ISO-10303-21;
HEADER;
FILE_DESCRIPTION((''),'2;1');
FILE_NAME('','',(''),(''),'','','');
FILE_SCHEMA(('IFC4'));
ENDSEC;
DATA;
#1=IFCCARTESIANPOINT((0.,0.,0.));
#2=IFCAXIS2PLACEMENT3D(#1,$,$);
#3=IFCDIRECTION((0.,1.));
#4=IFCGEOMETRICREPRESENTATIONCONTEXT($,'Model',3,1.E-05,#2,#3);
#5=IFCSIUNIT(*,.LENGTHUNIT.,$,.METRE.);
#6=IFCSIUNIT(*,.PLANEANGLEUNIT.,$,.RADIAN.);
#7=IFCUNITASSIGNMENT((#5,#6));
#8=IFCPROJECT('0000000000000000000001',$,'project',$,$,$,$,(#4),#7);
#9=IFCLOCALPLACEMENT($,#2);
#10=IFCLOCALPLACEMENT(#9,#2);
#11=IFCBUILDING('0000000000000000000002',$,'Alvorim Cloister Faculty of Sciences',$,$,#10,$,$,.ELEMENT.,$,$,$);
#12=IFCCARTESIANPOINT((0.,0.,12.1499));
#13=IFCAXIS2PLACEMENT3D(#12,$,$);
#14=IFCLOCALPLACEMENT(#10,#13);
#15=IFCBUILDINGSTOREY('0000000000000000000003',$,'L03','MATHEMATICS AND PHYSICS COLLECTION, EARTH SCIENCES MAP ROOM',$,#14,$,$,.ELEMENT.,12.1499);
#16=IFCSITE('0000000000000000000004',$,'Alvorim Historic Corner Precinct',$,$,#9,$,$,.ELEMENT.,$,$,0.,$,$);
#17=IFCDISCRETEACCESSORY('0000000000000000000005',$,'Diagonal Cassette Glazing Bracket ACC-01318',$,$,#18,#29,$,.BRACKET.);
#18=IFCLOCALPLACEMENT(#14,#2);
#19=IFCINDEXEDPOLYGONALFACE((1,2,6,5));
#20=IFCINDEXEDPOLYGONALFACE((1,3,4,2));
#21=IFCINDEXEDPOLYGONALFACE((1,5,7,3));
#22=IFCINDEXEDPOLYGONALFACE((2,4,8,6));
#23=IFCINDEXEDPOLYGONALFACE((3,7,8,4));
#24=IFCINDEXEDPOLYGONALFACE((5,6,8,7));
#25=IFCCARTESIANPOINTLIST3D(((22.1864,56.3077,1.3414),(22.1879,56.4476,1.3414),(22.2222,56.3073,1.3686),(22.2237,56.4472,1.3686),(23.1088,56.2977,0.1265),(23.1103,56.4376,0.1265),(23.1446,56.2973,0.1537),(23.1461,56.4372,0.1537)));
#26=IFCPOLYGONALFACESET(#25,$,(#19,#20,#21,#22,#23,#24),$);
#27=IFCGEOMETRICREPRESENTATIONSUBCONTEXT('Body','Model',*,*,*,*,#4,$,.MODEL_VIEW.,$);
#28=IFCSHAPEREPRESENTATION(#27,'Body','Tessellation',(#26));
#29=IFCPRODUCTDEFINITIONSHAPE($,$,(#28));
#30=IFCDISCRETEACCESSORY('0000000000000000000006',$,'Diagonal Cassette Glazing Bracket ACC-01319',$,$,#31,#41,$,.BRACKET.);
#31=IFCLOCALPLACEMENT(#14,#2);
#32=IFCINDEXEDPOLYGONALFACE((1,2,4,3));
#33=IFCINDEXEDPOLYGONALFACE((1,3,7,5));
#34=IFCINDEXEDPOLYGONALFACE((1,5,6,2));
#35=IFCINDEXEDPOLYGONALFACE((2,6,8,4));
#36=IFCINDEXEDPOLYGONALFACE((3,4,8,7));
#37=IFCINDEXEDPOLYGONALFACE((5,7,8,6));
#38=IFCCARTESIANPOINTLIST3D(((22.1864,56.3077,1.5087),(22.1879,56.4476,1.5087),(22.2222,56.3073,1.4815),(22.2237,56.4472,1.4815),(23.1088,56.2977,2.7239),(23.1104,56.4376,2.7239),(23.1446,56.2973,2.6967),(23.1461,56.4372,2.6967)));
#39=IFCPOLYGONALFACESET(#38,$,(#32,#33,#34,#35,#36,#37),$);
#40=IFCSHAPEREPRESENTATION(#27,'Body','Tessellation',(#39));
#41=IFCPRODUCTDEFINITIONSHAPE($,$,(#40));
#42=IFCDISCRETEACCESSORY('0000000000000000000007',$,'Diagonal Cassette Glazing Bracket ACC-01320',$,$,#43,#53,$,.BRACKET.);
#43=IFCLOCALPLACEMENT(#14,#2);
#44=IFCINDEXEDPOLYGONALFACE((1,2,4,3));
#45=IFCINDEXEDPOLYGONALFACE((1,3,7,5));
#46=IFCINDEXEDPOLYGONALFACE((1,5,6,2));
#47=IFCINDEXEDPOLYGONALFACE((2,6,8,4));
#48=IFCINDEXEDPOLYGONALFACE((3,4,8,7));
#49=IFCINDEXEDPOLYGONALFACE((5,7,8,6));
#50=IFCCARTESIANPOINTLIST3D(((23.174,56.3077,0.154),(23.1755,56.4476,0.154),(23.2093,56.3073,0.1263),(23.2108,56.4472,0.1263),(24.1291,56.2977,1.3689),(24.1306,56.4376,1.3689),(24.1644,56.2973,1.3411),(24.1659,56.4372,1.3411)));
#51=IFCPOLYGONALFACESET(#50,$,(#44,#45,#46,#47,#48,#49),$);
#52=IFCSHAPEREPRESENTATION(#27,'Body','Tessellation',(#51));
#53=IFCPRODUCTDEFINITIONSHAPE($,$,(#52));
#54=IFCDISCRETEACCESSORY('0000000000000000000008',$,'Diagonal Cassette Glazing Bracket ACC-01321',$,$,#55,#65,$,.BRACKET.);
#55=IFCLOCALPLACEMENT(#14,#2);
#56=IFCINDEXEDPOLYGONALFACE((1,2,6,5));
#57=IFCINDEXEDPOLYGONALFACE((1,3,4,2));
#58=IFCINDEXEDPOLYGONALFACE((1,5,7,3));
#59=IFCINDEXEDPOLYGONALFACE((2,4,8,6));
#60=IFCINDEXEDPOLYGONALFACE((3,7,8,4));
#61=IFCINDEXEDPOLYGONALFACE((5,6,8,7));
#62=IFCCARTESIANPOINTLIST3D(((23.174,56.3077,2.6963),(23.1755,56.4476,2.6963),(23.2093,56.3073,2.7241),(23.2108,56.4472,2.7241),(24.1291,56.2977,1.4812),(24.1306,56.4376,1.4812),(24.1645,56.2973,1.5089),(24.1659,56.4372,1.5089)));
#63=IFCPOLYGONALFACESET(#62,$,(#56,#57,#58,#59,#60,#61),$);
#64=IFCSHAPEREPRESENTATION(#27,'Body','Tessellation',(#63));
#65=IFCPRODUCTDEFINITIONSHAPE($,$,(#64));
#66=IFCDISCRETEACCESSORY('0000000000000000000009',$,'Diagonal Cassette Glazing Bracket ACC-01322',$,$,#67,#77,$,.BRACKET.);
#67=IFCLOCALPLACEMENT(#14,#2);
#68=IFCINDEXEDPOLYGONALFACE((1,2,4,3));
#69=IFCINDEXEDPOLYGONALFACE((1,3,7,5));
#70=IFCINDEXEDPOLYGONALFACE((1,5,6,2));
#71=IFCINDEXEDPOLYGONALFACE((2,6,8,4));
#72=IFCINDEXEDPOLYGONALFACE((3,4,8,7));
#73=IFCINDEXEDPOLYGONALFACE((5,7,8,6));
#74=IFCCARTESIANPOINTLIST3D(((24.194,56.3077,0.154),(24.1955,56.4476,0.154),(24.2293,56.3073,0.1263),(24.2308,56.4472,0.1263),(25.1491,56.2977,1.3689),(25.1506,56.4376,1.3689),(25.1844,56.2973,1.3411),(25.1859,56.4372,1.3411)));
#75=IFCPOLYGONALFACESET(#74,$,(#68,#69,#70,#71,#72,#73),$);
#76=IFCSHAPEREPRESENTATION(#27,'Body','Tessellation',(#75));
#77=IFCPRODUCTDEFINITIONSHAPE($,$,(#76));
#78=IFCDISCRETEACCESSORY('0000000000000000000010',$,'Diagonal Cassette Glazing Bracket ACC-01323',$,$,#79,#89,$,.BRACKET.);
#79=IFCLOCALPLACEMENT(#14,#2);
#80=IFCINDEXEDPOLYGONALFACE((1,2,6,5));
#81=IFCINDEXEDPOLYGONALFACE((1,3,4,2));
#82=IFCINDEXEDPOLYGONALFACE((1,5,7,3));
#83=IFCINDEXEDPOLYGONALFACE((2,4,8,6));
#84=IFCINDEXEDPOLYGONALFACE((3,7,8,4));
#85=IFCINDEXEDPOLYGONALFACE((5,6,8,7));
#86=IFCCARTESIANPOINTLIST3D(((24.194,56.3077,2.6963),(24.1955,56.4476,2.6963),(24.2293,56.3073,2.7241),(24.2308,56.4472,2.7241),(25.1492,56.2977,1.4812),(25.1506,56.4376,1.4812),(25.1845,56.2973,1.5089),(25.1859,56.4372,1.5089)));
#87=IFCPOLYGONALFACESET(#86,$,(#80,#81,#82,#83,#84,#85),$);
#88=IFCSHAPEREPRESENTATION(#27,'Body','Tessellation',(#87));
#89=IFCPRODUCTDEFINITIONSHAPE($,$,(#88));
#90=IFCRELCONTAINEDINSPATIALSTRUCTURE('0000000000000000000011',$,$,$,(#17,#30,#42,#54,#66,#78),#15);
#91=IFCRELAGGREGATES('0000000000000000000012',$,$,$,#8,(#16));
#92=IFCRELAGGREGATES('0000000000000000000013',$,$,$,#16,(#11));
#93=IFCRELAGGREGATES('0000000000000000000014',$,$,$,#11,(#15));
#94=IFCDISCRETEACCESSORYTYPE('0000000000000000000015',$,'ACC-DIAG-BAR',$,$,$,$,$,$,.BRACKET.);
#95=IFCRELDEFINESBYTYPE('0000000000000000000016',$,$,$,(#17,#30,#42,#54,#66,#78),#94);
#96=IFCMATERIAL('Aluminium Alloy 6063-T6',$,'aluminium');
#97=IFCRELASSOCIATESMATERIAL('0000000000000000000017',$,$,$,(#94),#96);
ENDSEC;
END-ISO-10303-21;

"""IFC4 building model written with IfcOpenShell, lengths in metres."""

from ifc_helpers import new_model, si_unit, direction, frame, origin, origin_2d, place, context, subcontext, project, spatial, rectangle, extrude, material, type_object, element, save


model = new_model("IFC4")

# Units and contexts
model_context = context("Model", 3, precision=1e-05, world=origin(), true_north=direction((0.0, 1.0)))
body_context = subcontext(model_context, "Body", "Model", "MODEL_VIEW")
ifc_project = project(units=[si_unit("LENGTHUNIT", "METRE"), si_unit("PLANEANGLEUNIT", "RADIAN")], contexts=[model_context])

# Site, building, storey
site_placement = place(None, origin())
site = spatial("IfcSite", under=ifc_project, at=site_placement, Name="Alvorim Historic Corner Precinct", CompositionType="ELEMENT", RefElevation=0.0)
building_placement = place(site_placement, origin())
building = spatial("IfcBuilding", under=site, at=building_placement, Name="Alvorim Cloister Faculty of Sciences", CompositionType="ELEMENT")
storey_placement = place(building_placement, frame((0.0, 0.0, 12.1499)))
storey = spatial("IfcBuildingStorey", under=building, at=storey_placement, Name="L03", Description="MATHEMATICS AND PHYSICS COLLECTION, EARTH SCIENCES MAP ROOM", CompositionType="ELEMENT", Elevation=12.1499)

# Shared definitions
ifc_material_1 = material(Name="Aluminium Alloy 6063-T6", Category="aluminium")

# Discrete accessories
discrete_accessory_type = type_object("IfcDiscreteAccessoryType", Name="ACC-DIAG-BAR", PredefinedType="BRACKET", material=ifc_material_1)
discrete_accessory_1_placement = place(storey_placement, frame((22.2051, 56.3774, 1.355), z_axis=(0.604689, -0.006562, -0.796435), x_axis=(0.010852, 0.999941, 0.0)))
element("IfcDiscreteAccessory", 1, at=discrete_accessory_1_placement, inside=storey, type_object=discrete_accessory_type, Name="Diagonal Cassette Glazing Bracket ACC-01318", PredefinedType="BRACKET", context=body_context, shape_type="SweptSolid", body=[
    extrude(rectangle(XDim=0.1399, YDim=0.0449, at=origin_2d()), origin(), (0.0, 0.0, 1.0), 1.5254),
])
discrete_accessory_2_placement = place(storey_placement, frame((22.2051, 56.3774, 1.4951), z_axis=(0.604612, -0.006561, 0.796493), x_axis=(0.010852, 0.999941, 0.0)))
element("IfcDiscreteAccessory", 2, at=discrete_accessory_2_placement, inside=storey, type_object=discrete_accessory_type, Name="Diagonal Cassette Glazing Bracket ACC-01319", PredefinedType="BRACKET", context=body_context, shape_type="SweptSolid", body=[
    extrude(rectangle(XDim=0.1399, YDim=0.0449, at=origin_2d()), origin(), (0.0, 0.0, 1.0), 1.5256),
])
discrete_accessory_3_placement = place(storey_placement, frame((23.1924, 56.3774, 0.1401), z_axis=(0.618032, -0.006477, 0.786126), x_axis=(0.01048, 0.999945, 0.0)))
element("IfcDiscreteAccessory", 3, at=discrete_accessory_3_placement, inside=storey, type_object=discrete_accessory_type, Name="Diagonal Cassette Glazing Bracket ACC-01320", PredefinedType="BRACKET", context=body_context, shape_type="SweptSolid", body=[
    extrude(rectangle(XDim=0.1399, YDim=0.0449, at=origin_2d()), origin(), (0.0, 0.0, 1.0), 1.5454),
])
discrete_accessory_4_placement = place(storey_placement, frame((23.1924, 56.3774, 2.7102), z_axis=(0.617955, -0.006477, -0.786187), x_axis=(0.01048, 0.999945, 0.0)))
element("IfcDiscreteAccessory", 4, at=discrete_accessory_4_placement, inside=storey, type_object=discrete_accessory_type, Name="Diagonal Cassette Glazing Bracket ACC-01321", PredefinedType="BRACKET", context=body_context, shape_type="SweptSolid", body=[
    extrude(rectangle(XDim=0.1399, YDim=0.0449, at=origin_2d()), origin(), (0.0, 0.0, 1.0), 1.5457),
])
discrete_accessory_5_placement = place(storey_placement, frame((24.2124, 56.3774, 0.1401), z_axis=(0.618032, -0.006477, 0.786126), x_axis=(0.01048, 0.999945, 0.0)))
element("IfcDiscreteAccessory", 5, at=discrete_accessory_5_placement, inside=storey, type_object=discrete_accessory_type, Name="Diagonal Cassette Glazing Bracket ACC-01322", PredefinedType="BRACKET", context=body_context, shape_type="SweptSolid", body=[
    extrude(rectangle(XDim=0.1399, YDim=0.0449, at=origin_2d()), origin(), (0.0, 0.0, 1.0), 1.5454),
])
discrete_accessory_6_placement = place(storey_placement, frame((24.2124, 56.3774, 2.7102), z_axis=(0.617955, -0.006477, -0.786187), x_axis=(0.01048, 0.999945, 0.0)))
element("IfcDiscreteAccessory", 6, at=discrete_accessory_6_placement, inside=storey, type_object=discrete_accessory_type, Name="Diagonal Cassette Glazing Bracket ACC-01323", PredefinedType="BRACKET", context=body_context, shape_type="SweptSolid", body=[
    extrude(rectangle(XDim=0.1399, YDim=0.0449, at=origin_2d()), origin(), (0.0, 0.0, 1.0), 1.5457),
])

save(model, "model.ifc")
